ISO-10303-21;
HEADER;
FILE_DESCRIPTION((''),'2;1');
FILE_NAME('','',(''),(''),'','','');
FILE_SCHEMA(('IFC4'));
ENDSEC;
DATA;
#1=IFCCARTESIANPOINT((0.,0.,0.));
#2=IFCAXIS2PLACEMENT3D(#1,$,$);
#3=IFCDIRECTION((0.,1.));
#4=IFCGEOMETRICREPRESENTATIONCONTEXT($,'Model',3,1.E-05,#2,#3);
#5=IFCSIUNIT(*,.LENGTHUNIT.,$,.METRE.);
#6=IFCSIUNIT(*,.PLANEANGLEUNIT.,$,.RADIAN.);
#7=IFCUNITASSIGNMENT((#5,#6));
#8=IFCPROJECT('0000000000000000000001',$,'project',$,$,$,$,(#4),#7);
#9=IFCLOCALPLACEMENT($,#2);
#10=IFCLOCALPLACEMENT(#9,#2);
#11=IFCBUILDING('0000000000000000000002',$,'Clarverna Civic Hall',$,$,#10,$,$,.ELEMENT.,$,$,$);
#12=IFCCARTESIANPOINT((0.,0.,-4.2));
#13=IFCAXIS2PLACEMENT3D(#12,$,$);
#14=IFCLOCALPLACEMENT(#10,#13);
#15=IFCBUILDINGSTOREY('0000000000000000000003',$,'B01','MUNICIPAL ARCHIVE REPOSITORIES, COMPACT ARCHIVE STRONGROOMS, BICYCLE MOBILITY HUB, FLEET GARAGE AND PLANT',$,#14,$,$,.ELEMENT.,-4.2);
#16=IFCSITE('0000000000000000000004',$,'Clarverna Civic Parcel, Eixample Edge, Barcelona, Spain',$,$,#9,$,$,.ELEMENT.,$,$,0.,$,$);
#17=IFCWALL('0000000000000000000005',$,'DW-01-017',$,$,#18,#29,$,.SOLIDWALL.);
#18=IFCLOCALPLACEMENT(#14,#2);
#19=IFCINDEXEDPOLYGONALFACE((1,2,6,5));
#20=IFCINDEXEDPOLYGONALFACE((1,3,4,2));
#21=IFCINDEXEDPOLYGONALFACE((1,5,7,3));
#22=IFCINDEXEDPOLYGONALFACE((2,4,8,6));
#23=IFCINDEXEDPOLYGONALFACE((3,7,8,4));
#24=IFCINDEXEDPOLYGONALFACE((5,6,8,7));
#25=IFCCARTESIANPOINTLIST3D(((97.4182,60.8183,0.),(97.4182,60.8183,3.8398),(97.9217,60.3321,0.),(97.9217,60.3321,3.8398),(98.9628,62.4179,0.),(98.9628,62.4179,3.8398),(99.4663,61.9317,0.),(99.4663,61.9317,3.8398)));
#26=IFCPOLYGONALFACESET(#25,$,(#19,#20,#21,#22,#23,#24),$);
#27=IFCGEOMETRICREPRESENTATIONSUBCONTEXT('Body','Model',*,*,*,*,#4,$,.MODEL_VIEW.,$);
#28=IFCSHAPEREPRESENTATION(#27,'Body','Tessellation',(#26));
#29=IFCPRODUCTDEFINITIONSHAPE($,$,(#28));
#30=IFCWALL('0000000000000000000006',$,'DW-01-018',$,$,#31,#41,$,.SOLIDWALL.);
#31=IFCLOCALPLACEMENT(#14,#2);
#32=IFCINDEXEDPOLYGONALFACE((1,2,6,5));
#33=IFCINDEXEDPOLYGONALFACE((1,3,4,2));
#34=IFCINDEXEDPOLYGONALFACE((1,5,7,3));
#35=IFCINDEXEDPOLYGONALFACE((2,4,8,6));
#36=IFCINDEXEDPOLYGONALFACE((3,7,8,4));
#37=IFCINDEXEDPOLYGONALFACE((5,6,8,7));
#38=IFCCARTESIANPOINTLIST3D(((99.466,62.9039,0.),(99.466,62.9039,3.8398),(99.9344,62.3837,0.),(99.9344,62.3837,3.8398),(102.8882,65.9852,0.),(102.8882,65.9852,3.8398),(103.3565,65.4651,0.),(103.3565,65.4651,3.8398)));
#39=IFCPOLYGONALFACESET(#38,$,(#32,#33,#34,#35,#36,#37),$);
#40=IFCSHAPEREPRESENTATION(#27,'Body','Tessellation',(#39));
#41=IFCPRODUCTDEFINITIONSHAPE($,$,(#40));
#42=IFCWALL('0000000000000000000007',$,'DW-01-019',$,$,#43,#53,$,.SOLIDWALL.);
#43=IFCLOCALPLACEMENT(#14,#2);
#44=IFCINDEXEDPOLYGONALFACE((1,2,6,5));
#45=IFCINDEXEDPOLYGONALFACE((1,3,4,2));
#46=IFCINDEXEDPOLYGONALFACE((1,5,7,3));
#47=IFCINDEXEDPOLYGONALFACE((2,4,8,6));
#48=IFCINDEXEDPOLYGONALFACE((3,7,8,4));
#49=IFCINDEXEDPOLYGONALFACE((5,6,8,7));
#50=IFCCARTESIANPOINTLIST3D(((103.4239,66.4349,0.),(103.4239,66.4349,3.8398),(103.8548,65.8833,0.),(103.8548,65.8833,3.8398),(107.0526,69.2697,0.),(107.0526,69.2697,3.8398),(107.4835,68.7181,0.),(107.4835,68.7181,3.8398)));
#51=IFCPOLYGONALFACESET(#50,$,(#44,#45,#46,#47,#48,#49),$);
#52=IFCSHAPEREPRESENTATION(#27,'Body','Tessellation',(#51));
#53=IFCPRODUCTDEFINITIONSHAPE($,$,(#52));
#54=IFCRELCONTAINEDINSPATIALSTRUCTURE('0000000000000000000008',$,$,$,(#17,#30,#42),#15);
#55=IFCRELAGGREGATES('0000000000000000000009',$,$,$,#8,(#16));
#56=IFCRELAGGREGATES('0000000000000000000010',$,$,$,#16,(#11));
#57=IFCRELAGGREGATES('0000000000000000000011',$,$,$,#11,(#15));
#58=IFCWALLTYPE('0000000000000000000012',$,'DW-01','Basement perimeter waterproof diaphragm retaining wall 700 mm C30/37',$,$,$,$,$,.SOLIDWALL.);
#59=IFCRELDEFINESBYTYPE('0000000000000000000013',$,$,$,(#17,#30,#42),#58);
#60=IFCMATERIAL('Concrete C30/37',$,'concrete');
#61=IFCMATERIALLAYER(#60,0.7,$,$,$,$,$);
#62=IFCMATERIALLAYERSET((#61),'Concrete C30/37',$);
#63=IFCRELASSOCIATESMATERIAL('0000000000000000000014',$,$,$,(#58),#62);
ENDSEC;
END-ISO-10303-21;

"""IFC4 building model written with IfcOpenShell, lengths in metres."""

from ifc_helpers import new_model, si_unit, direction, frame, frame_2d, origin, place, context, subcontext, project, spatial, rectangle, extrude, material, layer, layer_set, type_object, element, save


model = new_model("IFC4")

# Units and contexts
model_context = context("Model", 3, precision=1e-05, world=origin(), true_north=direction((0.0, 1.0)))
body_context = subcontext(model_context, "Body", "Model", "MODEL_VIEW")
ifc_project = project(units=[si_unit("LENGTHUNIT", "METRE"), si_unit("PLANEANGLEUNIT", "RADIAN")], contexts=[model_context])

# Site, building, storey
site_placement = place(None, origin())
site = spatial("IfcSite", under=ifc_project, at=site_placement, Name="Clarverna Civic Parcel, Eixample Edge, Barcelona, Spain", CompositionType="ELEMENT", RefElevation=0.0)
building_placement = place(site_placement, origin())
building = spatial("IfcBuilding", under=site, at=building_placement, Name="Clarverna Civic Hall", CompositionType="ELEMENT")
storey_placement = place(building_placement, frame((0.0, 0.0, -4.2)))
storey = spatial("IfcBuildingStorey", under=building, at=storey_placement, Name="B01", Description="MUNICIPAL ARCHIVE REPOSITORIES, COMPACT ARCHIVE STRONGROOMS, BICYCLE MOBILITY HUB, FLEET GARAGE AND PLANT", CompositionType="ELEMENT", Elevation=-4.2)

# Shared definitions
ifc_material_1 = material(Name="Concrete C30/37", Category="concrete")

# Walls
ifc_layer = layer(ifc_material_1, 0.7)
ifc_layer_set = layer_set([ifc_layer], Name="Concrete C30/37")
wall_type = type_object("IfcWallType", Name="DW-01", Description="Basement perimeter waterproof diaphragm retaining wall 700 mm C30/37", PredefinedType="SOLIDWALL", material=ifc_layer_set)
wall_1_placement = place(storey_placement, frame((97.6699, 60.5752, 0.0), z_axis=(0.0, 0.0, 1.0), x_axis=(0.694647, 0.71935, 0.0)))
element("IfcWall", 1, at=wall_1_placement, inside=storey, type_object=wall_type, Name="DW-01-017", PredefinedType="SOLIDWALL", context=body_context, shape_type="SweptSolid", body=[
    extrude(rectangle(XDim=2.2236, YDim=0.7, at=frame_2d((1.1118, 0.0))), origin(), (0.0, 0.0, 1.0), 3.8398),
])
wall_2_placement = place(storey_placement, frame((99.7002, 62.6438, 0.0), z_axis=(0.0, 0.0, 1.0), x_axis=(0.743144, 0.669132, 0.0)))
element("IfcWall", 2, at=wall_2_placement, inside=storey, type_object=wall_type, Name="DW-01-018", PredefinedType="SOLIDWALL", context=body_context, shape_type="SweptSolid", body=[
    extrude(rectangle(XDim=4.605, YDim=0.7, at=frame_2d((2.3025, 0.0))), origin(), (0.0, 0.0, 1.0), 3.8398),
])
wall_3_placement = place(storey_placement, frame((103.6394, 66.1592, 0.0), z_axis=(0.0, 0.0, 1.0), x_axis=(0.788043, 0.61562, 0.0)))
element("IfcWall", 3, at=wall_3_placement, inside=storey, type_object=wall_type, Name="DW-01-019", PredefinedType="SOLIDWALL", context=body_context, shape_type="SweptSolid", body=[
    extrude(rectangle(XDim=4.6047, YDim=0.7, at=frame_2d((2.3022, 0.0))), origin(), (0.0, 0.0, 1.0), 3.8398),
])

save(model, "model.ifc")
